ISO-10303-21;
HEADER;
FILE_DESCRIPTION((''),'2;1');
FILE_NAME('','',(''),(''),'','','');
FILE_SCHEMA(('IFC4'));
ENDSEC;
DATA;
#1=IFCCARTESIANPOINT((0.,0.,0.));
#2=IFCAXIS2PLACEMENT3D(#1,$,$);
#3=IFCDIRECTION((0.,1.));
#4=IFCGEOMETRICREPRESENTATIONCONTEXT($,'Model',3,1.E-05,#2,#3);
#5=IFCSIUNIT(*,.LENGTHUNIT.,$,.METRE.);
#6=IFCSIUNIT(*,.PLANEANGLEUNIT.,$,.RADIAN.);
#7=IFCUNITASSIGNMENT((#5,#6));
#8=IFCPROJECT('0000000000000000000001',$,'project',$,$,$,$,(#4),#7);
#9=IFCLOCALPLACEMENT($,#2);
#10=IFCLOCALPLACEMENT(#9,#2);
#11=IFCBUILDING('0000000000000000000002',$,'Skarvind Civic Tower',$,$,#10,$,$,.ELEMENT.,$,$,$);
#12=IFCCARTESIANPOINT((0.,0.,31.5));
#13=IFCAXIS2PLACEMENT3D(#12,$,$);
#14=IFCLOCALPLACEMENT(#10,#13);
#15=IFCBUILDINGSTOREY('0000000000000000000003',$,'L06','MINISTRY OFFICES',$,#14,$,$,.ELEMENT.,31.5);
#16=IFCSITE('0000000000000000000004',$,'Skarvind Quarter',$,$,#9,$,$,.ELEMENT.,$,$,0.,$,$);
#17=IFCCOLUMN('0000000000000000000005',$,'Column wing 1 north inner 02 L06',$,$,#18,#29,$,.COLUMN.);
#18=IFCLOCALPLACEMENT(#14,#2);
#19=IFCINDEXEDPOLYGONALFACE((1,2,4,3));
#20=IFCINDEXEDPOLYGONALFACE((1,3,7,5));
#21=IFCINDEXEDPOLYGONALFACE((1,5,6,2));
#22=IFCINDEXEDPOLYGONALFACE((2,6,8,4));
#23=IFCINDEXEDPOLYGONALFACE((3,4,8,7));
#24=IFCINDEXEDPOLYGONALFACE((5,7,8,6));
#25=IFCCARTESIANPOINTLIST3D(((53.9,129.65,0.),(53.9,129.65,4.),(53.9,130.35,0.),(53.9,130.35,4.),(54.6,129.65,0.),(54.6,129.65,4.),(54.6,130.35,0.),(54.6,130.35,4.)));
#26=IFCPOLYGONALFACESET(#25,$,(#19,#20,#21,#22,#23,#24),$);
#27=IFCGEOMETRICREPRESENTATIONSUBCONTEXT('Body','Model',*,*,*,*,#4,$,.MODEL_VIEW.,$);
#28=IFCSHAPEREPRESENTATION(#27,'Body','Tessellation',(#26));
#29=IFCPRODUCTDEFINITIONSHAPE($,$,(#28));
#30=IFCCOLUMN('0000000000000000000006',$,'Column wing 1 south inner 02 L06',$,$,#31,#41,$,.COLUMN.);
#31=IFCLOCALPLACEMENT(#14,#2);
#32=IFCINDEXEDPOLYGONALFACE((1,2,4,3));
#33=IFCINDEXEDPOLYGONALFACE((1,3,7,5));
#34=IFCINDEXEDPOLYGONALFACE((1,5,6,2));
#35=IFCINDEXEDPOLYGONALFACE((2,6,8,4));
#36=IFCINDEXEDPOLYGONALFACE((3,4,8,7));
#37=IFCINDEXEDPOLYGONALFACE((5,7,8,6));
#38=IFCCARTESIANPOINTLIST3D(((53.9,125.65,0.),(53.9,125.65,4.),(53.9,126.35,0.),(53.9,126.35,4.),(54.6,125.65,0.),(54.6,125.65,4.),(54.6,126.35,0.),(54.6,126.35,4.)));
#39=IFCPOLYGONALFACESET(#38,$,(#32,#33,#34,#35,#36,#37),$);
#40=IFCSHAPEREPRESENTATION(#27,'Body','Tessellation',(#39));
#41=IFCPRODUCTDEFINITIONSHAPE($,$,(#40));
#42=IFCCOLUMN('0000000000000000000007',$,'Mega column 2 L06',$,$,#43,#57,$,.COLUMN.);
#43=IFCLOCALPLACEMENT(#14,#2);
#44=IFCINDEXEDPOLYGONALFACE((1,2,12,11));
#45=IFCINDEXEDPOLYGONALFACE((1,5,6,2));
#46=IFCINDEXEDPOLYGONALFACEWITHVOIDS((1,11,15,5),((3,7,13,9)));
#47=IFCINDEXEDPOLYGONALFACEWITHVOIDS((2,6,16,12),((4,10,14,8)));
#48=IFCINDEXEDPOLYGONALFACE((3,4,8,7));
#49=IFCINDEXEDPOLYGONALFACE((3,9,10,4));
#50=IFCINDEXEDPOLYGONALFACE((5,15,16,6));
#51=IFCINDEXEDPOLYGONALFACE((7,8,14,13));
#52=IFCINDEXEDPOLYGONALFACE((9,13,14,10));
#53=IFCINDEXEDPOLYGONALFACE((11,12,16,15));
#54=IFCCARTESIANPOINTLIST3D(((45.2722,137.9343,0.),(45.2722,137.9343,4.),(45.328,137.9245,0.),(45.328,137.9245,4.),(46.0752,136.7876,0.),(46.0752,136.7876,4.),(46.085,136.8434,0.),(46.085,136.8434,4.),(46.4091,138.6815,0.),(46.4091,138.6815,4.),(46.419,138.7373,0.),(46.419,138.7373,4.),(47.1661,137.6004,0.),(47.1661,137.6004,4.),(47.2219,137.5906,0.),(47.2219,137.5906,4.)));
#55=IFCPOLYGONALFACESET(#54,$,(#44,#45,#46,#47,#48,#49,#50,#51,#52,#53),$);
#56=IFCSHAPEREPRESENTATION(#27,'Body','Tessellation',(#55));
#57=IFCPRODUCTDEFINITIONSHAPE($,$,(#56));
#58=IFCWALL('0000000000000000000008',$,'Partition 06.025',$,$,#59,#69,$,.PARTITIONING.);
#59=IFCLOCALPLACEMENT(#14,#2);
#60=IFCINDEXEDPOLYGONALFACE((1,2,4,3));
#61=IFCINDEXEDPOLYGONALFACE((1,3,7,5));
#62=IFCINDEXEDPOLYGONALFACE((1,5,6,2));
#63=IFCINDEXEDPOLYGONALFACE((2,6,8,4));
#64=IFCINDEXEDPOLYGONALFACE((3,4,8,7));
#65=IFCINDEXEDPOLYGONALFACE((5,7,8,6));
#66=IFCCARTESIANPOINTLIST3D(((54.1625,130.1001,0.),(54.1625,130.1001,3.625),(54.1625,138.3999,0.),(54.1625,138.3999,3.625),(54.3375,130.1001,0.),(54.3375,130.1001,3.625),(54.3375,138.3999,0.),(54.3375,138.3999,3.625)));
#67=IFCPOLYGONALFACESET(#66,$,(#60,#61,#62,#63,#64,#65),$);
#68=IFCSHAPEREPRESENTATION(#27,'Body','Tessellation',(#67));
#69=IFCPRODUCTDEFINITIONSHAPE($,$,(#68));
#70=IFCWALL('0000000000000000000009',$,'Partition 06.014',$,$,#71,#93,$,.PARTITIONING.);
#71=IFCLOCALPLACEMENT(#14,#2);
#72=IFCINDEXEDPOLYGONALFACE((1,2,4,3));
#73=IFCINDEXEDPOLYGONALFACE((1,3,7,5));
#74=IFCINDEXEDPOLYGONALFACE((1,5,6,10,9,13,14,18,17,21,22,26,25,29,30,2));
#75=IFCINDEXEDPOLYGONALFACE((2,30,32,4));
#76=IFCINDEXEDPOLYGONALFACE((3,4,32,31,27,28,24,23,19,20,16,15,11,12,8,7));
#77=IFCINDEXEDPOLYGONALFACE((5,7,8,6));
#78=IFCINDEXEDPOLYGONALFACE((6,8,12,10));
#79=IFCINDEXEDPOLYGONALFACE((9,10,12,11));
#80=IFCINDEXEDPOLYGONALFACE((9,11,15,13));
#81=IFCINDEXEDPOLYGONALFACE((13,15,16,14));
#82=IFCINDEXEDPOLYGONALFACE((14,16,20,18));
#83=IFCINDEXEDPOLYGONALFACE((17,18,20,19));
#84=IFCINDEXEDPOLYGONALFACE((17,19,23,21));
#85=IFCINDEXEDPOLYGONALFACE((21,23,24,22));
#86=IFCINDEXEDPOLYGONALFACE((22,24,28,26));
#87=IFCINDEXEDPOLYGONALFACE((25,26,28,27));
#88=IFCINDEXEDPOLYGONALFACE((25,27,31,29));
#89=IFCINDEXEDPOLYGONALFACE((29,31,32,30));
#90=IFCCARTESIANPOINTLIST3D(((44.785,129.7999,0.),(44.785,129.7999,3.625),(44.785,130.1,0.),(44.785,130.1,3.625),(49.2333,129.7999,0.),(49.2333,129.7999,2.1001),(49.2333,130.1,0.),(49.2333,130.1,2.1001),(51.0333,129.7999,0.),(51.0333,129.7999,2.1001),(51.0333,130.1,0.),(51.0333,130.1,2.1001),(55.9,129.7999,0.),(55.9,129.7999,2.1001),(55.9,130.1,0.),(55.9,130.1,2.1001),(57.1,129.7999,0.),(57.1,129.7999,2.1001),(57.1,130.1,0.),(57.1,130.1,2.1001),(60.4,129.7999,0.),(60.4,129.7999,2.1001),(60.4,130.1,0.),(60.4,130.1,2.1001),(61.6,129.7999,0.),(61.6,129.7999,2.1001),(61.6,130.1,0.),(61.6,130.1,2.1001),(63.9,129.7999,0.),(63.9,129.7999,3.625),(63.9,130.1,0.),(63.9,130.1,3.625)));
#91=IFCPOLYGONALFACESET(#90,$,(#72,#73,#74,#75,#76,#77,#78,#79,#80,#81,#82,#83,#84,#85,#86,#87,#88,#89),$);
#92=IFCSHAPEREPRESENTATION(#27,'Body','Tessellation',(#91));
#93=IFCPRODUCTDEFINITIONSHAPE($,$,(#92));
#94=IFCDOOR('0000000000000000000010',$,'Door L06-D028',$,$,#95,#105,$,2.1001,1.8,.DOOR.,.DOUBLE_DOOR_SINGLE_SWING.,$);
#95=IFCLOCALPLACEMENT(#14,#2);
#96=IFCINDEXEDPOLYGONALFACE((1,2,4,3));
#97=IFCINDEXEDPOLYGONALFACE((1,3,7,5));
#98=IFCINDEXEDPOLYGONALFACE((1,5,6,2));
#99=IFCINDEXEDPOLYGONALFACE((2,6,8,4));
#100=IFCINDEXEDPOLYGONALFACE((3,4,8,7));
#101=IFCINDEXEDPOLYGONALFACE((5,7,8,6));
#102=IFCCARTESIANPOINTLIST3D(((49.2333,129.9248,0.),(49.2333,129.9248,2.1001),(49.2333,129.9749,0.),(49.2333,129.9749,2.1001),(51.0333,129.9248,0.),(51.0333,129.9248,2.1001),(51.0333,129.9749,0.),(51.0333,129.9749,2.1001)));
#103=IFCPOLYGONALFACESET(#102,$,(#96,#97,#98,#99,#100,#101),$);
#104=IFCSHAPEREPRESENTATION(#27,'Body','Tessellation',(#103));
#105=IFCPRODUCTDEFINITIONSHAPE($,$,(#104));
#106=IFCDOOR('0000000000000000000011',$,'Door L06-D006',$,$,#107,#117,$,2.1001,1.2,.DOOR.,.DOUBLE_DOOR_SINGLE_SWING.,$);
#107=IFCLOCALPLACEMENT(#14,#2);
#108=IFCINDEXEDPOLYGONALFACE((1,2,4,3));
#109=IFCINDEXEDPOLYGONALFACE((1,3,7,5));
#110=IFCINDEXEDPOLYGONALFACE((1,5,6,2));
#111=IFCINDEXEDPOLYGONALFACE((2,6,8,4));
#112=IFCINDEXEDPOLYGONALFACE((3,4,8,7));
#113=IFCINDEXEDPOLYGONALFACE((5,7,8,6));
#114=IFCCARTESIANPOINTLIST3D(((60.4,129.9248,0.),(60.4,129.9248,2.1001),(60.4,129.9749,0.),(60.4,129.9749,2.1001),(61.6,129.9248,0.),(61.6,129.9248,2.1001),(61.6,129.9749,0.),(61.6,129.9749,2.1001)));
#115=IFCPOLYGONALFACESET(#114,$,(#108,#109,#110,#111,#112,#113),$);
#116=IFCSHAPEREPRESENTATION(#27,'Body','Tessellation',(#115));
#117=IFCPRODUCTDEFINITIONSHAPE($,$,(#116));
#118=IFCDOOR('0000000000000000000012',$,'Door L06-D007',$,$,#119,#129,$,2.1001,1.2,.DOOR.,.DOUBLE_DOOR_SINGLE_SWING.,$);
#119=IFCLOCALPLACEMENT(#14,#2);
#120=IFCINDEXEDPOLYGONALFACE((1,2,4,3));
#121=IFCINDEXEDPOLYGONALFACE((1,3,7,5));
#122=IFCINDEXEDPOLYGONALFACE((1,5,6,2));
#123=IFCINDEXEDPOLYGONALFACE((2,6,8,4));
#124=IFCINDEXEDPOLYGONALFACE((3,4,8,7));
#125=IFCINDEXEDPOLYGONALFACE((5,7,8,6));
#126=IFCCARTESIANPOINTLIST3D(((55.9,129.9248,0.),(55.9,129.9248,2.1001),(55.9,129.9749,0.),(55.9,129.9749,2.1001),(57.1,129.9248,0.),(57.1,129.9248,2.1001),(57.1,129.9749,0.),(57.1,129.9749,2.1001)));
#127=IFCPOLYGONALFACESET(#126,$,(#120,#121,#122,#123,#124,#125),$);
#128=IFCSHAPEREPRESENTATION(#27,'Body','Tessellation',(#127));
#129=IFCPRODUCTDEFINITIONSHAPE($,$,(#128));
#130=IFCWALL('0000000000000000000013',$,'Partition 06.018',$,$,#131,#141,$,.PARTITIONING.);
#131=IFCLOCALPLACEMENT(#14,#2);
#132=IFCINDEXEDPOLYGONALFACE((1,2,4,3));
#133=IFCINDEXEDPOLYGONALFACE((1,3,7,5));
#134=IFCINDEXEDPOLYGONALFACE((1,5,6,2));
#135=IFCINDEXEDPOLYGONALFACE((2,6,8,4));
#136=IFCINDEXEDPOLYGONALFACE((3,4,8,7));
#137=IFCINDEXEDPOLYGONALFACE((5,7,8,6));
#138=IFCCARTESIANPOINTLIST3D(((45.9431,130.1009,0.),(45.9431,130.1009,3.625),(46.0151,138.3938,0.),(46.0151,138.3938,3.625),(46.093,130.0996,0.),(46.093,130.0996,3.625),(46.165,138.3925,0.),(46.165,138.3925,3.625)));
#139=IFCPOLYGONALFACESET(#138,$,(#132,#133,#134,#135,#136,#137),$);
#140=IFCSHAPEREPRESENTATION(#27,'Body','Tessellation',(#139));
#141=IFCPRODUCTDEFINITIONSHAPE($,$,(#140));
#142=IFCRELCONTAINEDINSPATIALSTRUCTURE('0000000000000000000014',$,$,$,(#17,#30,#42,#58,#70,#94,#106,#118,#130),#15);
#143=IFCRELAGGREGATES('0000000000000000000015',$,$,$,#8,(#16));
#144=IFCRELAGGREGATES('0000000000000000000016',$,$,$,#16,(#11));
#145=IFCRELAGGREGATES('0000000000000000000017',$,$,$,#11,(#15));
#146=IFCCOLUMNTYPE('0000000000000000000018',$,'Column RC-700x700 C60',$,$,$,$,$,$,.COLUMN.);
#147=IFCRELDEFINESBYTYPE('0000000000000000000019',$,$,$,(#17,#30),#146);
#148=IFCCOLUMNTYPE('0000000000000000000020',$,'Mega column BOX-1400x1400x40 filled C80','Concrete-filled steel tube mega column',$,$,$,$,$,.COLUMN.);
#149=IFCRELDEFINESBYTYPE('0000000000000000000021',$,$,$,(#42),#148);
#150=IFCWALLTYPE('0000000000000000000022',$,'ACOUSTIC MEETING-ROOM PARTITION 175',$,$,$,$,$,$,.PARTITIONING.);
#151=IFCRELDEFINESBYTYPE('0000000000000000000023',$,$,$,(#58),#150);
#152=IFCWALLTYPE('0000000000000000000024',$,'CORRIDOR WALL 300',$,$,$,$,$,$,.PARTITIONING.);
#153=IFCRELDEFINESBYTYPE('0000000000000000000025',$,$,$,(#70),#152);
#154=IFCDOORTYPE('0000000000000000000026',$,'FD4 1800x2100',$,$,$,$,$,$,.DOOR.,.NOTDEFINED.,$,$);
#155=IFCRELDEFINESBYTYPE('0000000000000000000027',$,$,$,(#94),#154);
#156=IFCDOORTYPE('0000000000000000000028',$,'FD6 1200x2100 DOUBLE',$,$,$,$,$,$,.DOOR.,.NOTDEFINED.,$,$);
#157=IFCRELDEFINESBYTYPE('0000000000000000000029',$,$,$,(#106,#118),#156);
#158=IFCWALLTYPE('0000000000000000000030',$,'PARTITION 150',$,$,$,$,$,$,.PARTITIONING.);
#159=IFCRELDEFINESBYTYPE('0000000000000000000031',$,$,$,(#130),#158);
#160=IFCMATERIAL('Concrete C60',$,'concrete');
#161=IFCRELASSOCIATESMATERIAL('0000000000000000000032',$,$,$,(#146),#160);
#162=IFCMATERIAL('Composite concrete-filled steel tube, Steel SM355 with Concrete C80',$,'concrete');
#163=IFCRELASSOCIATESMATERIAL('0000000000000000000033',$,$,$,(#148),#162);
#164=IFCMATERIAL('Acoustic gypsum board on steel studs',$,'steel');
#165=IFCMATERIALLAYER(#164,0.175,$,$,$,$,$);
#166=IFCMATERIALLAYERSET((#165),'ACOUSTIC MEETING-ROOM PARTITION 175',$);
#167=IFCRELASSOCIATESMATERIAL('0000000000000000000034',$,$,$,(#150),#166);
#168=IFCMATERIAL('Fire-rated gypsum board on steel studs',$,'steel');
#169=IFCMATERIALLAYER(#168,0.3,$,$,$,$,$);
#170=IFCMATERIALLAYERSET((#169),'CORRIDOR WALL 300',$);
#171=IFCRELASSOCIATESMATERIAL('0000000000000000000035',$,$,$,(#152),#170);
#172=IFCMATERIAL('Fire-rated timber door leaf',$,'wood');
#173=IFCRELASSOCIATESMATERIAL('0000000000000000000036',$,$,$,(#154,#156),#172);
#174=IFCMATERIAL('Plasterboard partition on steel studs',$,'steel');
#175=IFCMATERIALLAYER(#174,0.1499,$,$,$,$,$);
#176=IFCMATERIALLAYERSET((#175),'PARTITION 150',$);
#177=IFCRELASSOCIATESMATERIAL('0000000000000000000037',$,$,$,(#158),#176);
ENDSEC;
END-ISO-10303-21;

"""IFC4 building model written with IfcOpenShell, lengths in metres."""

from ifc_helpers import new_model, si_unit, direction, frame, frame_2d, origin, origin_2d, place, context, subcontext, project, spatial, rectangle, hollow_rectangle, extrude, material, layer, layer_set, material_profile, profile_set, type_object, element, fill, save


model = new_model("IFC4")

# Units and contexts
model_context = context("Model", 3, precision=1e-05, world=origin(), true_north=direction((0.0, 1.0)))
body_context = subcontext(model_context, "Body", "Model", "MODEL_VIEW")
ifc_project = project(units=[si_unit("LENGTHUNIT", "METRE"), si_unit("PLANEANGLEUNIT", "RADIAN")], contexts=[model_context])

# Site, building, storey
site_placement = place(None, origin())
site = spatial("IfcSite", under=ifc_project, at=site_placement, Name="Skarvind Quarter", CompositionType="ELEMENT", RefElevation=0.0)
building_placement = place(site_placement, origin())
building = spatial("IfcBuilding", under=site, at=building_placement, Name="Skarvind Civic Tower", CompositionType="ELEMENT")
storey_placement = place(building_placement, frame((0.0, 0.0, 31.5)))
storey = spatial("IfcBuildingStorey", under=building, at=storey_placement, Name="L06", Description="MINISTRY OFFICES", CompositionType="ELEMENT", Elevation=31.5)

# Columns
ifc_material_1 = material(Name="Concrete C60", Category="concrete")
ifc_material_profile_1 = material_profile(ifc_material_1, rectangle(XDim=0.7, YDim=0.7, at=origin_2d()), Name="RC-700x700")
ifc_profile_set_1 = profile_set([ifc_material_profile_1], Name="Concrete C60")
column_type_1 = type_object("IfcColumnType", Name="Column RC-700x700 C60", PredefinedType="COLUMN", material=ifc_profile_set_1)
for number, where, z_axis, x_axis, name in (
    (1, (54.25, 130.0, 0.0), (0.0, 0.0, 1.0), (1.0, 0.0, 0.0), "Column wing 1 north inner 02 L06"),
    (2, (54.25, 126.0, 0.0), (0.0, 0.0, 1.0), (1.0, 0.0, 0.0), "Column wing 1 south inner 02 L06"),
):
    element("IfcColumn", number, at=place(storey_placement, frame(where, z_axis=z_axis, x_axis=x_axis)), inside=storey, type_object=column_type_1, Name=name, PredefinedType="COLUMN", context=body_context, shape_type="SweptSolid", body=[
        extrude(rectangle(XDim=0.7, YDim=0.7, at=origin_2d()), origin(), (0.0, 0.0, 1.0), 4.0),
    ])
ifc_material_2 = material(Name="Composite concrete-filled steel tube, Steel SM355 with Concrete C80", Category="concrete")
ifc_material_profile_2 = material_profile(ifc_material_2, hollow_rectangle(XDim=1.3999, YDim=1.3999, WallThickness=0.04, at=origin_2d()), Name="BOX-1400x1400x40")
ifc_profile_set_2 = profile_set([ifc_material_profile_2], Name="Composite concrete-filled steel tube, Steel SM355 with Concrete C80")
column_type_2 = type_object("IfcColumnType", Name="Mega column BOX-1400x1400x40 filled C80", Description="Concrete-filled steel tube mega column", PredefinedType="COLUMN", material=ifc_profile_set_2)
column_placement = place(storey_placement, frame((46.2471, 137.7625, 0.0), z_axis=(0.0, 0.0, 1.0), x_axis=(0.573576, -0.819152, 0.0)))
element("IfcColumn", 3, at=column_placement, inside=storey, type_object=column_type_2, Name="Mega column 2 L06", PredefinedType="COLUMN", context=body_context, shape_type="SweptSolid", body=[
    extrude(hollow_rectangle(XDim=1.3999, YDim=1.3999, WallThickness=0.04, at=origin_2d()), origin(), (0.0, 0.0, 1.0), 4.0),
])

# Wall
ifc_material_3 = material(Name="Acoustic gypsum board on steel studs", Category="steel")
ifc_layer_1 = layer(ifc_material_3, 0.175)
ifc_layer_set_1 = layer_set([ifc_layer_1], Name="ACOUSTIC MEETING-ROOM PARTITION 175")
wall_type_1 = type_object("IfcWallType", Name="ACOUSTIC MEETING-ROOM PARTITION 175", PredefinedType="PARTITIONING", material=ifc_layer_set_1)
wall_1_placement = place(storey_placement, frame((54.25, 138.3999, 0.0), z_axis=(0.0, 0.0, 1.0), x_axis=(0.0, -1.0, 0.0)))
element("IfcWall", 4, at=wall_1_placement, inside=storey, type_object=wall_type_1, Name="Partition 06.025", PredefinedType="PARTITIONING", context=body_context, shape_type="SweptSolid", body=[
    extrude(rectangle(XDim=8.2998, YDim=0.175, at=frame_2d((4.1499, 0.0))), origin(), (0.0, 0.0, 1.0), 3.625),
])

# Wall, openings, doors
ifc_material_4 = material(Name="Fire-rated gypsum board on steel studs", Category="steel")
ifc_layer_2 = layer(ifc_material_4, 0.3)
ifc_layer_set_2 = layer_set([ifc_layer_2], Name="CORRIDOR WALL 300")
wall_type_2 = type_object("IfcWallType", Name="CORRIDOR WALL 300", PredefinedType="PARTITIONING", material=ifc_layer_set_2)
wall_2_placement = place(storey_placement, frame((44.7849, 129.95, 0.0), z_axis=(0.0, 0.0, 1.0), x_axis=(1.0, 0.0, 0.0)))
wall_2 = element("IfcWall", 5, at=wall_2_placement, inside=storey, type_object=wall_type_2, Name="Partition 06.014", PredefinedType="PARTITIONING", context=body_context, shape_type="SweptSolid", body=[
    extrude(rectangle(XDim=19.115, YDim=0.3, at=frame_2d((9.5576, 0.0))), origin(), (0.0, 0.0, 1.0), 3.625),
])
opening_1_placement = place(wall_2_placement, frame((15.615, 0.0, 0.0)))
opening_1 = element("IfcOpeningElement", 6, at=opening_1_placement, cuts=wall_2, PredefinedType="OPENING", context=body_context, shape_type="SweptSolid", body=[
    extrude(rectangle(XDim=1.2, YDim=2.1001, at=frame_2d((0.6001, 1.05))), frame((0.0, 0.1599, 0.0), z_axis=(0.0, -1.0, 0.0), x_axis=(1.0, 0.0, 0.0)), (0.0, 0.0, 1.0), 0.3201),
])
opening_2_placement = place(wall_2_placement, frame((11.115, 0.0, 0.0)))
opening_2 = element("IfcOpeningElement", 7, at=opening_2_placement, cuts=wall_2, PredefinedType="OPENING", context=body_context, shape_type="SweptSolid", body=[
    extrude(rectangle(XDim=1.2, YDim=2.1001, at=frame_2d((0.6001, 1.05))), frame((0.0, 0.1599, 0.0), z_axis=(0.0, -1.0, 0.0), x_axis=(1.0, 0.0, 0.0)), (0.0, 0.0, 1.0), 0.3201),
])
opening_3_placement = place(wall_2_placement, frame((4.4485, 0.0, 0.0)))
opening_3 = element("IfcOpeningElement", 8, at=opening_3_placement, cuts=wall_2, PredefinedType="OPENING", context=body_context, shape_type="SweptSolid", body=[
    extrude(rectangle(XDim=1.8, YDim=2.1001, at=frame_2d((0.8999, 1.05))), frame((0.0, 0.1599, 0.0), z_axis=(0.0, -1.0, 0.0), x_axis=(1.0, 0.0, 0.0)), (0.0, 0.0, 1.0), 0.3201),
])
ifc_material_5 = material(Name="Fire-rated timber door leaf", Category="wood")
door_type_1 = type_object("IfcDoorType", Name="FD4 1800x2100", OperationType="NOTDEFINED", PredefinedType="DOOR", material=ifc_material_5)
door_1_placement = place(opening_3_placement, origin())
door_1 = element("IfcDoor", 9, at=door_1_placement, inside=storey, type_object=door_type_1, Name="Door L06-D028", OperationType="DOUBLE_DOOR_SINGLE_SWING", OverallHeight=2.1001, OverallWidth=1.8, PredefinedType="DOOR", context=body_context, shape_type="SweptSolid", body=[
    extrude(rectangle(XDim=1.8, YDim=2.1001, at=frame_2d((0.8999, 1.05))), frame((0.0, 0.0249, 0.0), z_axis=(0.0, -1.0, 0.0), x_axis=(1.0, 0.0, 0.0)), (0.0, 0.0, 1.0), 0.05),
])
fill(opening_3, door_1)
door_type_2 = type_object("IfcDoorType", Name="FD6 1200x2100 DOUBLE", OperationType="NOTDEFINED", PredefinedType="DOOR", material=ifc_material_5)
door_2_placement = place(opening_1_placement, origin())
door_2 = element("IfcDoor", 10, at=door_2_placement, inside=storey, type_object=door_type_2, Name="Door L06-D006", OperationType="DOUBLE_DOOR_SINGLE_SWING", OverallHeight=2.1001, OverallWidth=1.2, PredefinedType="DOOR", context=body_context, shape_type="SweptSolid", body=[
    extrude(rectangle(XDim=1.2, YDim=2.1001, at=frame_2d((0.6001, 1.05))), frame((0.0, 0.0249, 0.0), z_axis=(0.0, -1.0, 0.0), x_axis=(1.0, 0.0, 0.0)), (0.0, 0.0, 1.0), 0.05),
])
fill(opening_1, door_2)
door_3_placement = place(opening_2_placement, origin())
door_3 = element("IfcDoor", 11, at=door_3_placement, inside=storey, type_object=door_type_2, Name="Door L06-D007", OperationType="DOUBLE_DOOR_SINGLE_SWING", OverallHeight=2.1001, OverallWidth=1.2, PredefinedType="DOOR", context=body_context, shape_type="SweptSolid", body=[
    extrude(rectangle(XDim=1.2, YDim=2.1001, at=frame_2d((0.6001, 1.05))), frame((0.0, 0.0249, 0.0), z_axis=(0.0, -1.0, 0.0), x_axis=(1.0, 0.0, 0.0)), (0.0, 0.0, 1.0), 0.05),
])
fill(opening_2, door_3)

# Wall
ifc_material_6 = material(Name="Plasterboard partition on steel studs", Category="steel")
ifc_layer_3 = layer(ifc_material_6, 0.1499)
ifc_layer_set_3 = layer_set([ifc_layer_3], Name="PARTITION 150")
wall_type_3 = type_object("IfcWallType", Name="PARTITION 150", PredefinedType="PARTITIONING", material=ifc_layer_set_3)
wall_3_placement = place(storey_placement, frame((46.0901, 138.3931, 0.0), z_axis=(0.0, 0.0, 1.0), x_axis=(-0.008684, -0.999962, 0.0)))
element("IfcWall", 12, at=wall_3_placement, inside=storey, type_object=wall_type_3, Name="Partition 06.018", PredefinedType="PARTITIONING", context=body_context, shape_type="SweptSolid", body=[
    extrude(rectangle(XDim=8.2932, YDim=0.1499, at=frame_2d((4.1465, 0.0))), origin(), (0.0, 0.0, 1.0), 3.625),
])

save(model, "model.ifc")
